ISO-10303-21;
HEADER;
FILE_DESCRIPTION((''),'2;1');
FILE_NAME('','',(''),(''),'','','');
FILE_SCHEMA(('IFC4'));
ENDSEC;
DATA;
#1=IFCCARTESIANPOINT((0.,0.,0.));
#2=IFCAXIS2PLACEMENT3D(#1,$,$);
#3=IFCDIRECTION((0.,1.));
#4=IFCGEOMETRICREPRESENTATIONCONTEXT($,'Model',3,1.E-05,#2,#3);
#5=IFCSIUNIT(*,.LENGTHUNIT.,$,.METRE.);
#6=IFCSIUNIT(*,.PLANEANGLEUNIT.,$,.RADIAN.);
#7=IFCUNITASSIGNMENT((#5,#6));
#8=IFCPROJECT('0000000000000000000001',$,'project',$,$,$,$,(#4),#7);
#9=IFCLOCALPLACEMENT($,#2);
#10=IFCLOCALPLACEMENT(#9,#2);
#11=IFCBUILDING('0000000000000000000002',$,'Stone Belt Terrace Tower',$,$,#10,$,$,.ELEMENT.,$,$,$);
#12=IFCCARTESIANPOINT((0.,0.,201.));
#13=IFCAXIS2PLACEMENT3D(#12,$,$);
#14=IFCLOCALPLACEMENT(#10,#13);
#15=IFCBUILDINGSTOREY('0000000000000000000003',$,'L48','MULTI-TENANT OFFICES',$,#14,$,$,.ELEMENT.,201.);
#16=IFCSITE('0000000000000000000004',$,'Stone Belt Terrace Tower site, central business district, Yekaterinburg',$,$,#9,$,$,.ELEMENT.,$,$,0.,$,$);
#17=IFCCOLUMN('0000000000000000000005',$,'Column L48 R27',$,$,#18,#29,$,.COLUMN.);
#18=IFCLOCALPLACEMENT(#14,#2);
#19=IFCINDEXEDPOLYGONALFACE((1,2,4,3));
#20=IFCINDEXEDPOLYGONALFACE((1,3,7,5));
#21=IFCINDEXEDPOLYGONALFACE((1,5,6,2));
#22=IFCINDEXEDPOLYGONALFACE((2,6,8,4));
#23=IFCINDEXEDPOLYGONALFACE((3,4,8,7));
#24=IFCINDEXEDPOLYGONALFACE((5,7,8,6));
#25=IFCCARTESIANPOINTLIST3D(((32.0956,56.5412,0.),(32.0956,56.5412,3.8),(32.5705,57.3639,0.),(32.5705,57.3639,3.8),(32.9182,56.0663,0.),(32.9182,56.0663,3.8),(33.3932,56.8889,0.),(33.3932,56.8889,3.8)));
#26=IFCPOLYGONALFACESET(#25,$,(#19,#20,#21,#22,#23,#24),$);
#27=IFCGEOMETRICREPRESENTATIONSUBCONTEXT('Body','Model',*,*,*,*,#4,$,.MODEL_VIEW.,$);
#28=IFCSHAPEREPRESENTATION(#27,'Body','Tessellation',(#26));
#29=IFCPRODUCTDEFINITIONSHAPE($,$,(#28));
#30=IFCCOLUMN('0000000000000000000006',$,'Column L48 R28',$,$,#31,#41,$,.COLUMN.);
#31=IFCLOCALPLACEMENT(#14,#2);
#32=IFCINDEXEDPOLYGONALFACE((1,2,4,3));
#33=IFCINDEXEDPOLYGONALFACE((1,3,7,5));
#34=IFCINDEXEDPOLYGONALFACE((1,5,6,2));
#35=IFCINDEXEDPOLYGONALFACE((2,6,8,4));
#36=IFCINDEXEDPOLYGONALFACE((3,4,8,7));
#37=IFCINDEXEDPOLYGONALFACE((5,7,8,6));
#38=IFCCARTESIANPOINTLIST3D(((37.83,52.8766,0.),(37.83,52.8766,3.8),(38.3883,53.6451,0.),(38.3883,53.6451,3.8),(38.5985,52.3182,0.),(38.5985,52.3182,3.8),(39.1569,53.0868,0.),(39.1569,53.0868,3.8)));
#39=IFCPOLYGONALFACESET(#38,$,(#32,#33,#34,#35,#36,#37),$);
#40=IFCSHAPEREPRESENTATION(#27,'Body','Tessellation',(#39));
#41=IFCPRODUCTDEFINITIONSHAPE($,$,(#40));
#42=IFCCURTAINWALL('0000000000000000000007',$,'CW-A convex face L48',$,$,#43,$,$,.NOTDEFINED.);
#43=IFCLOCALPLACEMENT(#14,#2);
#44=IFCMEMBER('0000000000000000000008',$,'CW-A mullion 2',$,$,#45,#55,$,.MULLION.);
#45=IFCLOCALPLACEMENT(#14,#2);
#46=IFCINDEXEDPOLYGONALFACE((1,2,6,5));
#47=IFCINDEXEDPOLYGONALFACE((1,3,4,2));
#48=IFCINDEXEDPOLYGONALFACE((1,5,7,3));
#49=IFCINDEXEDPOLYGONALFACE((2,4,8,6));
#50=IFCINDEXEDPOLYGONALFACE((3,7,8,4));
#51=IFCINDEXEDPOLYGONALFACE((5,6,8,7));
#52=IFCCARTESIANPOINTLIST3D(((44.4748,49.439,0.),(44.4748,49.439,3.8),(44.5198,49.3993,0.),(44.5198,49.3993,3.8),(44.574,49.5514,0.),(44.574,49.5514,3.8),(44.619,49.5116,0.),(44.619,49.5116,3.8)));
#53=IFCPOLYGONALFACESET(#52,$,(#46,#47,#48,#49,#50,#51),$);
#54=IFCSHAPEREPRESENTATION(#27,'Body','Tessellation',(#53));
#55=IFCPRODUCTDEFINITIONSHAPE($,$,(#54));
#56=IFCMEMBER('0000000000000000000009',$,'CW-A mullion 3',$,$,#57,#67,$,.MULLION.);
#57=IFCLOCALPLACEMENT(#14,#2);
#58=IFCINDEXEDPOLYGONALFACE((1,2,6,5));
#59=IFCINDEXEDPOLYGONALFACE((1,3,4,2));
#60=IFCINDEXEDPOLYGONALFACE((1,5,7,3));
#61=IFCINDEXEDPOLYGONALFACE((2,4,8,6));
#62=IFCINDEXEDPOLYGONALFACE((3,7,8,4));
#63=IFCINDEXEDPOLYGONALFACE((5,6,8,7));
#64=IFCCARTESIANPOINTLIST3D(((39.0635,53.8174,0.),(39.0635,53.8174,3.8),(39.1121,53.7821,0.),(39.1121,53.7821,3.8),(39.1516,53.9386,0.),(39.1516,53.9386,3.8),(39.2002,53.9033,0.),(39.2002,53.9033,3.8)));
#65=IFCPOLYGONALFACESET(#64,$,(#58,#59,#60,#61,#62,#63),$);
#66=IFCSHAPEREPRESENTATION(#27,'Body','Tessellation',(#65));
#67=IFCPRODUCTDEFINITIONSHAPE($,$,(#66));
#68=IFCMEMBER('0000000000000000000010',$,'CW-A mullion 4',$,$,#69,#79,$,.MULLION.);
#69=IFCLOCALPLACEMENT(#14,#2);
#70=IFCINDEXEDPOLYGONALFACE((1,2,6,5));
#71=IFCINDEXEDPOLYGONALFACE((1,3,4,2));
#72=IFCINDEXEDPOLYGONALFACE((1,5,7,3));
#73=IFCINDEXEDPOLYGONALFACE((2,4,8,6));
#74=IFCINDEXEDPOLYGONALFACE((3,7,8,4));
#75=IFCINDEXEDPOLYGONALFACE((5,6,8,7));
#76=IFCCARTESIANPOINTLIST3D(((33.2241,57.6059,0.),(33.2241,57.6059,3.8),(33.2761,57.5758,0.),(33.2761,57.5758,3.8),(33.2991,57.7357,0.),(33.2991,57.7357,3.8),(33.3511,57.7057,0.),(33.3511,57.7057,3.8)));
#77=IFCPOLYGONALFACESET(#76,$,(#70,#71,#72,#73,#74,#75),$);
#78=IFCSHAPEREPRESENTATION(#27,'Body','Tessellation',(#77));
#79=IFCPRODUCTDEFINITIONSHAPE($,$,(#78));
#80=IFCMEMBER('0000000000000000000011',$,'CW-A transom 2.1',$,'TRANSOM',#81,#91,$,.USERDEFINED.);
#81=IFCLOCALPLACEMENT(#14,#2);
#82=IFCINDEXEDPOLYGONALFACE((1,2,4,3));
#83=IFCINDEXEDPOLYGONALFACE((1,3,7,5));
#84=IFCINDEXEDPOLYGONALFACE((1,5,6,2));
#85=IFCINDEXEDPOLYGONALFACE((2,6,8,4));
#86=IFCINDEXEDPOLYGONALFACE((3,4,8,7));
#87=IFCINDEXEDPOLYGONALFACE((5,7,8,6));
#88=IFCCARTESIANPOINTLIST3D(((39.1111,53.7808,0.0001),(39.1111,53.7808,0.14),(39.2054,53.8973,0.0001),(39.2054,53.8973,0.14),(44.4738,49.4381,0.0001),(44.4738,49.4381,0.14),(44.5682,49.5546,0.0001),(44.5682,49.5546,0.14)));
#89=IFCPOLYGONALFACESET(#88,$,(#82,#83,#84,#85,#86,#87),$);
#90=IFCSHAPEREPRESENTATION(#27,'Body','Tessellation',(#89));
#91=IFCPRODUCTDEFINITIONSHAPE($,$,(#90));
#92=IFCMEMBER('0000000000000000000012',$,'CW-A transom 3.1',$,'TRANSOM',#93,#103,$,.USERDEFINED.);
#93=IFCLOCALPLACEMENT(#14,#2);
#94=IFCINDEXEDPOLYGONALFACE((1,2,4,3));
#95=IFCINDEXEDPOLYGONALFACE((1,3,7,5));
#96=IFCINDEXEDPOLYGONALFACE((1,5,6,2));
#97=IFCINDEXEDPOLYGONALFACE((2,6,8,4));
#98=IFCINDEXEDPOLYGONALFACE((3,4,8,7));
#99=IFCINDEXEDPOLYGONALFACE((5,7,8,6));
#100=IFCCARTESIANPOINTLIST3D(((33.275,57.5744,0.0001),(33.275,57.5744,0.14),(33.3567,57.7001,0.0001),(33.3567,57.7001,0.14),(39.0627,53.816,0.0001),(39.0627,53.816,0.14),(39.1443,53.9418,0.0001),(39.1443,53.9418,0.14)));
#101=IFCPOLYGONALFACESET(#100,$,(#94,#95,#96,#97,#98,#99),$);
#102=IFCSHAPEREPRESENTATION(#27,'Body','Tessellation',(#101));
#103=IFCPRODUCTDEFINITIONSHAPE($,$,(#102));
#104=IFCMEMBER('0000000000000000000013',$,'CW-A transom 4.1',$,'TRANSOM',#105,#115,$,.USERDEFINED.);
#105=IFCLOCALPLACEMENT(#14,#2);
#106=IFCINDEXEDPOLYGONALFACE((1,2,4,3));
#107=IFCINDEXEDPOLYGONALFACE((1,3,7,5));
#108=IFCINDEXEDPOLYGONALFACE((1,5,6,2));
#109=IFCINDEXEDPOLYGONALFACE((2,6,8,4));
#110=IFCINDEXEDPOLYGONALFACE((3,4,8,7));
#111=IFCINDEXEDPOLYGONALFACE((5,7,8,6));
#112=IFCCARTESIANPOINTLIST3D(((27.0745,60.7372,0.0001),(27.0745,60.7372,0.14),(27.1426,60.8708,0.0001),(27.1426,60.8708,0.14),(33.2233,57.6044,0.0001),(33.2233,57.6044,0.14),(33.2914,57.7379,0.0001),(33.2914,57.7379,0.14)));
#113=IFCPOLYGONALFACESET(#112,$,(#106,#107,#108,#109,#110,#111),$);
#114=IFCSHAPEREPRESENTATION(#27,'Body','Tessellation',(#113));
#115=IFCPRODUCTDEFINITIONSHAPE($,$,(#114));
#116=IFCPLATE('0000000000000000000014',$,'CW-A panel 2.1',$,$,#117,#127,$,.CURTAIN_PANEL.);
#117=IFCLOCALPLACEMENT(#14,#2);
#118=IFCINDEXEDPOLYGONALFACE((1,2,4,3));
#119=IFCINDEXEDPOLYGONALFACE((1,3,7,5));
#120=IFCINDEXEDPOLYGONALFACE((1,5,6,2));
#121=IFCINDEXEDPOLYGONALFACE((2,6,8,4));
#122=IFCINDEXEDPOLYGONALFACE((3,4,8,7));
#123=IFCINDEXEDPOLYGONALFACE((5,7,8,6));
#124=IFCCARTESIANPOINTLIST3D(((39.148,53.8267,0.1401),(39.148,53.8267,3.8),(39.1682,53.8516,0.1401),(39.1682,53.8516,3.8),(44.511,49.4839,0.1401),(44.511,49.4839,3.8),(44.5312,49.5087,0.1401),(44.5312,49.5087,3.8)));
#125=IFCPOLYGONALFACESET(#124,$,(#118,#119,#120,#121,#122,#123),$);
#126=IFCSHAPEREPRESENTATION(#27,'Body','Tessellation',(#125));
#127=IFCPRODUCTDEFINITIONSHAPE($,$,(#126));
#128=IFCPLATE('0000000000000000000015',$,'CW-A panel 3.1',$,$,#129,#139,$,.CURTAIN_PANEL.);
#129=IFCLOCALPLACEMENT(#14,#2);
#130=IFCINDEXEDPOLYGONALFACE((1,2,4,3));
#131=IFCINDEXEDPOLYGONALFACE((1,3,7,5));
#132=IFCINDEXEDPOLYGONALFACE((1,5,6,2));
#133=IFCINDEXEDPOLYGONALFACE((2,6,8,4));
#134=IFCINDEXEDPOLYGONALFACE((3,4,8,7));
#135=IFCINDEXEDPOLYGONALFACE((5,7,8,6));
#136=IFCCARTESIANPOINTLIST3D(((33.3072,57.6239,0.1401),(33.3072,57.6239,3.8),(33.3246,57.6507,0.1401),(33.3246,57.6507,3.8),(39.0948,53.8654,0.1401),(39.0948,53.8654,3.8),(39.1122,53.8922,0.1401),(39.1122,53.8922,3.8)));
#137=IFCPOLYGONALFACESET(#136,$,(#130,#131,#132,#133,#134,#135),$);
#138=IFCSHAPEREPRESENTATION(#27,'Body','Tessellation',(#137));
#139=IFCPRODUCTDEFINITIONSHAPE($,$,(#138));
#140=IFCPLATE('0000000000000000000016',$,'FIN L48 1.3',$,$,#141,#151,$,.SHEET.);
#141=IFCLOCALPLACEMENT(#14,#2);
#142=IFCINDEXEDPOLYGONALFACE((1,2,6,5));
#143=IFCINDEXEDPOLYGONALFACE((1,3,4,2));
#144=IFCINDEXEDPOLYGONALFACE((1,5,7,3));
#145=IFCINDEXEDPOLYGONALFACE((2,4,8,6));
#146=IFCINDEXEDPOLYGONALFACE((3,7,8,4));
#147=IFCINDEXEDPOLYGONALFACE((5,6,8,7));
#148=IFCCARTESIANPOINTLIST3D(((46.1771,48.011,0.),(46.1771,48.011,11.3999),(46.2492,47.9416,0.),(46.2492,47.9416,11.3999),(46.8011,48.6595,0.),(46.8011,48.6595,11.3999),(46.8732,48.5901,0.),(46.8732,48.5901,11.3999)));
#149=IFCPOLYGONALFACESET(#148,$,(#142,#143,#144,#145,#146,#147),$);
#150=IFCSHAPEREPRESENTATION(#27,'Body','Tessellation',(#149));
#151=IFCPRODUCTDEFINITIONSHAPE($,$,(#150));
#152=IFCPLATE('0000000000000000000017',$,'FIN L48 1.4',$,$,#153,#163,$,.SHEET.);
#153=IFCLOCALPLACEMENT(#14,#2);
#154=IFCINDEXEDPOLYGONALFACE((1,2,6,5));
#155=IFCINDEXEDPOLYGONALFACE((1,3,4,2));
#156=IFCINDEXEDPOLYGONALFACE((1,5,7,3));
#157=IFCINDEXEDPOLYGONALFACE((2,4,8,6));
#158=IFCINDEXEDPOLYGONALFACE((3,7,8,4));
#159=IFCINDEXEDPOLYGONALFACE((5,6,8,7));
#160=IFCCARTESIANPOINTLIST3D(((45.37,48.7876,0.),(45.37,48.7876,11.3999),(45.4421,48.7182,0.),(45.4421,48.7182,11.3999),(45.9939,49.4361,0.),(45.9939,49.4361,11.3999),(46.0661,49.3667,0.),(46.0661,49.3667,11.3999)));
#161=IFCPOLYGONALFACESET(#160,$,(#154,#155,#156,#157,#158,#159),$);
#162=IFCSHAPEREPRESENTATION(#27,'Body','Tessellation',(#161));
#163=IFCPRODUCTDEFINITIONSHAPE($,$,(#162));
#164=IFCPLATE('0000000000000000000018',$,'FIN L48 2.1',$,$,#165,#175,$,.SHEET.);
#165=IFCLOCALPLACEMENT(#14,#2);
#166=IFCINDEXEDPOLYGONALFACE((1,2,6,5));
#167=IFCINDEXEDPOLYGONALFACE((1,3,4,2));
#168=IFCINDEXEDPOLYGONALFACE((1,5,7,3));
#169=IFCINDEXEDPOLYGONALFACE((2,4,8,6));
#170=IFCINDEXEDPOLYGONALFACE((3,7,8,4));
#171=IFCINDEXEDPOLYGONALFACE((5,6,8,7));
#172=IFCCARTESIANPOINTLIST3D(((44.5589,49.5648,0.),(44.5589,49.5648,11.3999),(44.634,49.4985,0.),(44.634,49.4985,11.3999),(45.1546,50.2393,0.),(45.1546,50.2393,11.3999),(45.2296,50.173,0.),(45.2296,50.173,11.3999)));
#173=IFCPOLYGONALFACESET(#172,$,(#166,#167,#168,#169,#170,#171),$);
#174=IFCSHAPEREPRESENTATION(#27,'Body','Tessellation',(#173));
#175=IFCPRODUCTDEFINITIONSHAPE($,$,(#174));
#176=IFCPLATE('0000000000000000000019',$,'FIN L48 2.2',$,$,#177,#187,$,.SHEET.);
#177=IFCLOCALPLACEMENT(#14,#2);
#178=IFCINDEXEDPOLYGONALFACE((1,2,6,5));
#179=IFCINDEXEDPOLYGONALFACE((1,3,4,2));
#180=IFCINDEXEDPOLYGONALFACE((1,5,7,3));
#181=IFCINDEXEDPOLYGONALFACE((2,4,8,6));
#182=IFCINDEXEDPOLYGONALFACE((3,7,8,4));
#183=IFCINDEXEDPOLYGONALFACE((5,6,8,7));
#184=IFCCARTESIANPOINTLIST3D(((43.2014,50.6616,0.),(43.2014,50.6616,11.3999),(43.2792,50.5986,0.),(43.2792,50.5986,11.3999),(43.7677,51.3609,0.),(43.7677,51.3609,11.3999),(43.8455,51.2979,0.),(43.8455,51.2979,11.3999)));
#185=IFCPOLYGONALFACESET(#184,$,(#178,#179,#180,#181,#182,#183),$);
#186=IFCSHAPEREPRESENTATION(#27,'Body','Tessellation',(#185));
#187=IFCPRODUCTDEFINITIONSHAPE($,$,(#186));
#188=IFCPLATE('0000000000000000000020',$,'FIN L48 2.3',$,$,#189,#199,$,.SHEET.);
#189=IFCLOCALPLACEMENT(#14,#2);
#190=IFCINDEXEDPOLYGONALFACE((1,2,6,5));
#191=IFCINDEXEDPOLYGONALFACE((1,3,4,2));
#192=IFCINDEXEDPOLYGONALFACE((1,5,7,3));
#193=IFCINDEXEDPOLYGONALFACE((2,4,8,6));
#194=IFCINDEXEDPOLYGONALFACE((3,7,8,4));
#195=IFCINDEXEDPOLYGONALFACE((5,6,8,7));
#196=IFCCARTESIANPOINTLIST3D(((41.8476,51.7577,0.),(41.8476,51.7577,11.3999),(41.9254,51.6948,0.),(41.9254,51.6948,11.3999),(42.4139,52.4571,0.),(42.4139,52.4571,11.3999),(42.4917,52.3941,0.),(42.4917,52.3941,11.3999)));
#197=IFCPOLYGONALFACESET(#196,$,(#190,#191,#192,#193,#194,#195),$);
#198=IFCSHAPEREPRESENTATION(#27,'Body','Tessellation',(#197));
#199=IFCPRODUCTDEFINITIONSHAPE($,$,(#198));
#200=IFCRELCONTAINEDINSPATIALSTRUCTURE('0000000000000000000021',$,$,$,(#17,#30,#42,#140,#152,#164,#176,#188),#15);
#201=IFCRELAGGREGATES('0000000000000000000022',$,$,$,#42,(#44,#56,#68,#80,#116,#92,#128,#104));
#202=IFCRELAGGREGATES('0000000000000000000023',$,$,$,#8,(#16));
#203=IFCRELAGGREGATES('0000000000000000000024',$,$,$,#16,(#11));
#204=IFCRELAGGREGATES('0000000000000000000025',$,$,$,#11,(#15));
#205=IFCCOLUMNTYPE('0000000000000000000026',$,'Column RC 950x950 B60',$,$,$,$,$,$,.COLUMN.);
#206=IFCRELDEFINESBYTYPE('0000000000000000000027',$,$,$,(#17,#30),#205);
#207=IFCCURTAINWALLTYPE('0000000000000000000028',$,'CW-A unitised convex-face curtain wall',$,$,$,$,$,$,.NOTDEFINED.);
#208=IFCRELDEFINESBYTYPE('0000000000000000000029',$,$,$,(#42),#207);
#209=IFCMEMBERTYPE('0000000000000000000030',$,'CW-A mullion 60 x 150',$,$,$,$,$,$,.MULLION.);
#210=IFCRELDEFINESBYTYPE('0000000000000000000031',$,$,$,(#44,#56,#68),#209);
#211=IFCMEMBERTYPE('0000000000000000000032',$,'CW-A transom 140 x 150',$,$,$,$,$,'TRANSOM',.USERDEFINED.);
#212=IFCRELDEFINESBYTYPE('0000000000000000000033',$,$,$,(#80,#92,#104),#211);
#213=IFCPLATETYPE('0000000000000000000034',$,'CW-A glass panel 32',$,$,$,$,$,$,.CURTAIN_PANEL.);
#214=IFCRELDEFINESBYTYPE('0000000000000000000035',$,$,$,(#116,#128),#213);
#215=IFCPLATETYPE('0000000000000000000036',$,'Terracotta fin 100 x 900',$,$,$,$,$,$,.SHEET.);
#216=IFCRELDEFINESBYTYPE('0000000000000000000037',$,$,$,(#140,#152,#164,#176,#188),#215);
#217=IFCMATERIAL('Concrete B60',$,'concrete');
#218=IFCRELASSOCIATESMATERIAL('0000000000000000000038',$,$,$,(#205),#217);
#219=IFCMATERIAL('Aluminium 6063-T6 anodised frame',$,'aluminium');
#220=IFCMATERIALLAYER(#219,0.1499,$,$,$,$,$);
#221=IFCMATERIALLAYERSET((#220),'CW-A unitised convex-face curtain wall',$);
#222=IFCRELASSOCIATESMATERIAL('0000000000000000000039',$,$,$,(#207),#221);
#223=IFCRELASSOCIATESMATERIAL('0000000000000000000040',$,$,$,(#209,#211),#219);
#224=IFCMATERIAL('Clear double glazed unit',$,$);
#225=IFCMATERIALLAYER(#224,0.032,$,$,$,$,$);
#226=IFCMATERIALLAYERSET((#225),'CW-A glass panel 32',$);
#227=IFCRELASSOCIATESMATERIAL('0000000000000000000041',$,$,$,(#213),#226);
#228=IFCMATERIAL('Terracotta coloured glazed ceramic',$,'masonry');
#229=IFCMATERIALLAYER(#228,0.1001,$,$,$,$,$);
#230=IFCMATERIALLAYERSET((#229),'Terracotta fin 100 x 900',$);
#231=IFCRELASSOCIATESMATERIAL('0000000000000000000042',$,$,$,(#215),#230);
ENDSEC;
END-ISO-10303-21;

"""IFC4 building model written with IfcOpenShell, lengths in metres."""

from ifc_helpers import new_model, si_unit, direction, frame, origin, origin_2d, place, context, subcontext, project, spatial, rectangle, extrude, material, layer, layer_set, material_profile, profile_set, type_object, element, aggregate, save


model = new_model("IFC4")

# Units and contexts
model_context = context("Model", 3, precision=1e-05, world=origin(), true_north=direction((0.0, 1.0)))
body_context = subcontext(model_context, "Body", "Model", "MODEL_VIEW")
ifc_project = project(units=[si_unit("LENGTHUNIT", "METRE"), si_unit("PLANEANGLEUNIT", "RADIAN")], contexts=[model_context])

# Site, building, storey
site_placement = place(None, origin())
site = spatial("IfcSite", under=ifc_project, at=site_placement, Name="Stone Belt Terrace Tower site, central business district, Yekaterinburg", CompositionType="ELEMENT", RefElevation=0.0)
building_placement = place(site_placement, origin())
building = spatial("IfcBuilding", under=site, at=building_placement, Name="Stone Belt Terrace Tower", CompositionType="ELEMENT")
storey_placement = place(building_placement, frame((0.0, 0.0, 201.0)))
storey = spatial("IfcBuildingStorey", under=building, at=storey_placement, Name="L48", Description="MULTI-TENANT OFFICES", CompositionType="ELEMENT", Elevation=201.0)

# Columns
ifc_material_1 = material(Name="Concrete B60", Category="concrete")
ifc_material_profile_1 = material_profile(ifc_material_1, rectangle(XDim=0.95, YDim=0.95, at=origin_2d()), Name="RC 950x950")
ifc_profile_set_1 = profile_set([ifc_material_profile_1], Name="Concrete B60")
column_type = type_object("IfcColumnType", Name="Column RC 950x950 B60", PredefinedType="COLUMN", material=ifc_profile_set_1)
for number, where, z_axis, x_axis, name in (
    (1, (32.7444, 56.7151, 0.0), (0.0, 0.0, 1.0), (0.866025, -0.5, 0.0), "Column L48 R27"),
    (2, (38.4934, 52.9817, 0.0), (0.0, 0.0, 1.0), (0.809017, -0.587785, 0.0), "Column L48 R28"),
):
    element("IfcColumn", number, at=place(storey_placement, frame(where, z_axis=z_axis, x_axis=x_axis)), inside=storey, type_object=column_type, Name=name, PredefinedType="COLUMN", context=body_context, shape_type="SweptSolid", body=[
        extrude(rectangle(XDim=0.95, YDim=0.95, at=origin_2d()), origin(), (0.0, 0.0, 1.0), 3.8),
    ])

# Curtain wall, members, plates
ifc_material_2 = material(Name="Aluminium 6063-T6 anodised frame", Category="aluminium")
ifc_layer_1 = layer(ifc_material_2, 0.1499)
ifc_layer_set_1 = layer_set([ifc_layer_1], Name="CW-A unitised convex-face curtain wall")
curtain_wall_type = type_object("IfcCurtainWallType", Name="CW-A unitised convex-face curtain wall", PredefinedType="NOTDEFINED", material=ifc_layer_set_1)
curtain_wall_placement = place(storey_placement, origin())
curtain_wall = element("IfcCurtainWall", 3, at=curtain_wall_placement, inside=storey, type_object=curtain_wall_type, Name="CW-A convex face L48", PredefinedType="NOTDEFINED")
ifc_material_profile_2 = material_profile(ifc_material_2, rectangle(XDim=0.1499, YDim=0.0601, at=origin_2d()), Name="Aluminium 6063-T6 60x150")
ifc_profile_set_2 = profile_set([ifc_material_profile_2], Name="Aluminium 6063-T6 anodised frame")
member_type_1 = type_object("IfcMemberType", Name="CW-A mullion 60 x 150", PredefinedType="MULLION", material=ifc_profile_set_2)
member_1_placement = place(storey_placement, frame((44.5469, 49.4753, 0.0), z_axis=(0.0, 0.0, 1.0), x_axis=(-0.661937, -0.749559, 0.0)))
member_1 = element("IfcMember", 4, at=member_1_placement, type_object=member_type_1, Name="CW-A mullion 2", PredefinedType="MULLION", context=body_context, shape_type="SweptSolid", body=[
    extrude(rectangle(XDim=0.1499, YDim=0.0601, at=origin_2d()), origin(), (0.0, 0.0, 1.0), 3.8),
])
member_2_placement = place(storey_placement, frame((39.1318, 53.8604, 0.0), z_axis=(0.0, 0.0, 1.0), x_axis=(-0.587785, -0.809017, 0.0)))
member_2 = element("IfcMember", 5, at=member_2_placement, type_object=member_type_1, Name="CW-A mullion 3", PredefinedType="MULLION", context=body_context, shape_type="SweptSolid", body=[
    extrude(rectangle(XDim=0.1499, YDim=0.0601, at=origin_2d()), origin(), (0.0, 0.0, 1.0), 3.8),
])
member_3_placement = place(storey_placement, frame((33.2876, 57.6558, 0.0), z_axis=(0.0, 0.0, 1.0), x_axis=(-0.5, -0.866025, 0.0)))
member_3 = element("IfcMember", 6, at=member_3_placement, type_object=member_type_1, Name="CW-A mullion 4", PredefinedType="MULLION", context=body_context, shape_type="SweptSolid", body=[
    extrude(rectangle(XDim=0.1499, YDim=0.0601, at=origin_2d()), origin(), (0.0, 0.0, 1.0), 3.8),
])
ifc_material_profile_3 = material_profile(ifc_material_2, rectangle(XDim=0.1499, YDim=0.1399, at=origin_2d()), Name="Aluminium 6063-T6 150x140")
ifc_profile_set_3 = profile_set([ifc_material_profile_3], Name="Aluminium 6063-T6 anodised frame")
member_type_2 = type_object("IfcMemberType", Name="CW-A transom 140 x 150", ElementType="TRANSOM", PredefinedType="USERDEFINED", material=ifc_profile_set_3)
member_4_placement = place(storey_placement, frame((44.521, 49.4963, 0.0701), z_axis=(-0.777141, 0.629326, 0.0), x_axis=(-0.629326, -0.777141, 0.0)))
member_4 = element("IfcMember", 7, at=member_4_placement, type_object=member_type_2, Name="CW-A transom 2.1", ObjectType="TRANSOM", PredefinedType="USERDEFINED", context=body_context, shape_type="SweptSolid", body=[
    extrude(rectangle(XDim=0.1499, YDim=0.1399, at=origin_2d()), origin(), (0.0, 0.0, 1.0), 6.9006),
])
member_5_placement = place(storey_placement, frame((39.1035, 53.8789, 0.0701), z_axis=(-0.838684, 0.544618, 0.0), x_axis=(-0.544618, -0.838684, 0.0)))
member_5 = element("IfcMember", 8, at=member_5_placement, type_object=member_type_2, Name="CW-A transom 3.1", ObjectType="TRANSOM", PredefinedType="USERDEFINED", context=body_context, shape_type="SweptSolid", body=[
    extrude(rectangle(XDim=0.1499, YDim=0.1399, at=origin_2d()), origin(), (0.0, 0.0, 1.0), 6.9009),
])
member_6_placement = place(storey_placement, frame((33.2573, 57.6711, 0.0701), z_axis=(-0.891012, 0.453979, 0.0), x_axis=(-0.453979, -0.891012, 0.0)))
member_6 = element("IfcMember", 9, at=member_6_placement, type_object=member_type_2, Name="CW-A transom 4.1", ObjectType="TRANSOM", PredefinedType="USERDEFINED", context=body_context, shape_type="SweptSolid", body=[
    extrude(rectangle(XDim=0.1499, YDim=0.1399, at=origin_2d()), origin(), (0.0, 0.0, 1.0), 6.9009),
])
ifc_material_3 = material(Name="Clear double glazed unit")
ifc_layer_2 = layer(ifc_material_3, 0.032)
ifc_layer_set_2 = layer_set([ifc_layer_2], Name="CW-A glass panel 32")
plate_type_1 = type_object("IfcPlateType", Name="CW-A glass panel 32", PredefinedType="CURTAIN_PANEL", material=ifc_layer_set_2)
plate_1_placement = place(storey_placement, frame((41.8396, 51.6677, 0.1401), z_axis=(0.0, 0.0, 1.0), x_axis=(-0.777146, 0.62932, 0.0)))
plate_1 = element("IfcPlate", 10, at=plate_1_placement, type_object=plate_type_1, Name="CW-A panel 2.1", PredefinedType="CURTAIN_PANEL", context=body_context, shape_type="SweptSolid", body=[
    extrude(rectangle(XDim=6.9009, YDim=0.032, at=origin_2d()), origin(), (0.0, 0.0, 1.0), 3.6599),
])
plate_2_placement = place(storey_placement, frame((36.2097, 55.7581, 0.1401), z_axis=(0.0, 0.0, 1.0), x_axis=(-0.838671, 0.544639, 0.0)))
plate_2 = element("IfcPlate", 11, at=plate_2_placement, type_object=plate_type_1, Name="CW-A panel 3.1", PredefinedType="CURTAIN_PANEL", context=body_context, shape_type="SweptSolid", body=[
    extrude(rectangle(XDim=6.9009, YDim=0.032, at=origin_2d()), origin(), (0.0, 0.0, 1.0), 3.6599),
])
aggregate(curtain_wall, [member_1, member_2, member_3, member_4, plate_1, member_5, plate_2, member_6])

# Plates
ifc_material_4 = material(Name="Terracotta coloured glazed ceramic", Category="masonry")
ifc_layer_3 = layer(ifc_material_4, 0.1001)
ifc_layer_set_3 = layer_set([ifc_layer_3], Name="Terracotta fin 100 x 900")
plate_type_2 = type_object("IfcPlateType", Name="Terracotta fin 100 x 900", PredefinedType="SHEET", material=ifc_layer_set_3)
for number, where, z_axis, x_axis, name in (
    (12, (46.5251, 48.3005, 0.0), (0.0, 0.0, 1.0), (0.693346, 0.720604, 0.0), "FIN L48 1.3"),
    (13, (45.718, 49.0771, 0.0), (0.0, 0.0, 1.0), (0.693346, 0.720604, 0.0), "FIN L48 1.4"),
    (14, (44.8943, 49.8689, 0.0), (0.0, 0.0, 1.0), (0.661937, 0.749559, 0.0), "FIN L48 2.1"),
    (15, (43.5234, 50.9797, 0.0), (0.0, 0.0, 1.0), (0.62932, 0.777146, 0.0), "FIN L48 2.2"),
    (16, (42.1697, 52.0759, 0.0), (0.0, 0.0, 1.0), (0.62932, 0.777146, 0.0), "FIN L48 2.3"),
):
    element("IfcPlate", number, at=place(storey_placement, frame(where, z_axis=z_axis, x_axis=x_axis)), inside=storey, type_object=plate_type_2, Name=name, PredefinedType="SHEET", context=body_context, shape_type="SweptSolid", body=[
        extrude(rectangle(XDim=0.8999, YDim=0.1001, at=origin_2d()), origin(), (0.0, 0.0, 1.0), 11.3999),
    ])

save(model, "model.ifc")
